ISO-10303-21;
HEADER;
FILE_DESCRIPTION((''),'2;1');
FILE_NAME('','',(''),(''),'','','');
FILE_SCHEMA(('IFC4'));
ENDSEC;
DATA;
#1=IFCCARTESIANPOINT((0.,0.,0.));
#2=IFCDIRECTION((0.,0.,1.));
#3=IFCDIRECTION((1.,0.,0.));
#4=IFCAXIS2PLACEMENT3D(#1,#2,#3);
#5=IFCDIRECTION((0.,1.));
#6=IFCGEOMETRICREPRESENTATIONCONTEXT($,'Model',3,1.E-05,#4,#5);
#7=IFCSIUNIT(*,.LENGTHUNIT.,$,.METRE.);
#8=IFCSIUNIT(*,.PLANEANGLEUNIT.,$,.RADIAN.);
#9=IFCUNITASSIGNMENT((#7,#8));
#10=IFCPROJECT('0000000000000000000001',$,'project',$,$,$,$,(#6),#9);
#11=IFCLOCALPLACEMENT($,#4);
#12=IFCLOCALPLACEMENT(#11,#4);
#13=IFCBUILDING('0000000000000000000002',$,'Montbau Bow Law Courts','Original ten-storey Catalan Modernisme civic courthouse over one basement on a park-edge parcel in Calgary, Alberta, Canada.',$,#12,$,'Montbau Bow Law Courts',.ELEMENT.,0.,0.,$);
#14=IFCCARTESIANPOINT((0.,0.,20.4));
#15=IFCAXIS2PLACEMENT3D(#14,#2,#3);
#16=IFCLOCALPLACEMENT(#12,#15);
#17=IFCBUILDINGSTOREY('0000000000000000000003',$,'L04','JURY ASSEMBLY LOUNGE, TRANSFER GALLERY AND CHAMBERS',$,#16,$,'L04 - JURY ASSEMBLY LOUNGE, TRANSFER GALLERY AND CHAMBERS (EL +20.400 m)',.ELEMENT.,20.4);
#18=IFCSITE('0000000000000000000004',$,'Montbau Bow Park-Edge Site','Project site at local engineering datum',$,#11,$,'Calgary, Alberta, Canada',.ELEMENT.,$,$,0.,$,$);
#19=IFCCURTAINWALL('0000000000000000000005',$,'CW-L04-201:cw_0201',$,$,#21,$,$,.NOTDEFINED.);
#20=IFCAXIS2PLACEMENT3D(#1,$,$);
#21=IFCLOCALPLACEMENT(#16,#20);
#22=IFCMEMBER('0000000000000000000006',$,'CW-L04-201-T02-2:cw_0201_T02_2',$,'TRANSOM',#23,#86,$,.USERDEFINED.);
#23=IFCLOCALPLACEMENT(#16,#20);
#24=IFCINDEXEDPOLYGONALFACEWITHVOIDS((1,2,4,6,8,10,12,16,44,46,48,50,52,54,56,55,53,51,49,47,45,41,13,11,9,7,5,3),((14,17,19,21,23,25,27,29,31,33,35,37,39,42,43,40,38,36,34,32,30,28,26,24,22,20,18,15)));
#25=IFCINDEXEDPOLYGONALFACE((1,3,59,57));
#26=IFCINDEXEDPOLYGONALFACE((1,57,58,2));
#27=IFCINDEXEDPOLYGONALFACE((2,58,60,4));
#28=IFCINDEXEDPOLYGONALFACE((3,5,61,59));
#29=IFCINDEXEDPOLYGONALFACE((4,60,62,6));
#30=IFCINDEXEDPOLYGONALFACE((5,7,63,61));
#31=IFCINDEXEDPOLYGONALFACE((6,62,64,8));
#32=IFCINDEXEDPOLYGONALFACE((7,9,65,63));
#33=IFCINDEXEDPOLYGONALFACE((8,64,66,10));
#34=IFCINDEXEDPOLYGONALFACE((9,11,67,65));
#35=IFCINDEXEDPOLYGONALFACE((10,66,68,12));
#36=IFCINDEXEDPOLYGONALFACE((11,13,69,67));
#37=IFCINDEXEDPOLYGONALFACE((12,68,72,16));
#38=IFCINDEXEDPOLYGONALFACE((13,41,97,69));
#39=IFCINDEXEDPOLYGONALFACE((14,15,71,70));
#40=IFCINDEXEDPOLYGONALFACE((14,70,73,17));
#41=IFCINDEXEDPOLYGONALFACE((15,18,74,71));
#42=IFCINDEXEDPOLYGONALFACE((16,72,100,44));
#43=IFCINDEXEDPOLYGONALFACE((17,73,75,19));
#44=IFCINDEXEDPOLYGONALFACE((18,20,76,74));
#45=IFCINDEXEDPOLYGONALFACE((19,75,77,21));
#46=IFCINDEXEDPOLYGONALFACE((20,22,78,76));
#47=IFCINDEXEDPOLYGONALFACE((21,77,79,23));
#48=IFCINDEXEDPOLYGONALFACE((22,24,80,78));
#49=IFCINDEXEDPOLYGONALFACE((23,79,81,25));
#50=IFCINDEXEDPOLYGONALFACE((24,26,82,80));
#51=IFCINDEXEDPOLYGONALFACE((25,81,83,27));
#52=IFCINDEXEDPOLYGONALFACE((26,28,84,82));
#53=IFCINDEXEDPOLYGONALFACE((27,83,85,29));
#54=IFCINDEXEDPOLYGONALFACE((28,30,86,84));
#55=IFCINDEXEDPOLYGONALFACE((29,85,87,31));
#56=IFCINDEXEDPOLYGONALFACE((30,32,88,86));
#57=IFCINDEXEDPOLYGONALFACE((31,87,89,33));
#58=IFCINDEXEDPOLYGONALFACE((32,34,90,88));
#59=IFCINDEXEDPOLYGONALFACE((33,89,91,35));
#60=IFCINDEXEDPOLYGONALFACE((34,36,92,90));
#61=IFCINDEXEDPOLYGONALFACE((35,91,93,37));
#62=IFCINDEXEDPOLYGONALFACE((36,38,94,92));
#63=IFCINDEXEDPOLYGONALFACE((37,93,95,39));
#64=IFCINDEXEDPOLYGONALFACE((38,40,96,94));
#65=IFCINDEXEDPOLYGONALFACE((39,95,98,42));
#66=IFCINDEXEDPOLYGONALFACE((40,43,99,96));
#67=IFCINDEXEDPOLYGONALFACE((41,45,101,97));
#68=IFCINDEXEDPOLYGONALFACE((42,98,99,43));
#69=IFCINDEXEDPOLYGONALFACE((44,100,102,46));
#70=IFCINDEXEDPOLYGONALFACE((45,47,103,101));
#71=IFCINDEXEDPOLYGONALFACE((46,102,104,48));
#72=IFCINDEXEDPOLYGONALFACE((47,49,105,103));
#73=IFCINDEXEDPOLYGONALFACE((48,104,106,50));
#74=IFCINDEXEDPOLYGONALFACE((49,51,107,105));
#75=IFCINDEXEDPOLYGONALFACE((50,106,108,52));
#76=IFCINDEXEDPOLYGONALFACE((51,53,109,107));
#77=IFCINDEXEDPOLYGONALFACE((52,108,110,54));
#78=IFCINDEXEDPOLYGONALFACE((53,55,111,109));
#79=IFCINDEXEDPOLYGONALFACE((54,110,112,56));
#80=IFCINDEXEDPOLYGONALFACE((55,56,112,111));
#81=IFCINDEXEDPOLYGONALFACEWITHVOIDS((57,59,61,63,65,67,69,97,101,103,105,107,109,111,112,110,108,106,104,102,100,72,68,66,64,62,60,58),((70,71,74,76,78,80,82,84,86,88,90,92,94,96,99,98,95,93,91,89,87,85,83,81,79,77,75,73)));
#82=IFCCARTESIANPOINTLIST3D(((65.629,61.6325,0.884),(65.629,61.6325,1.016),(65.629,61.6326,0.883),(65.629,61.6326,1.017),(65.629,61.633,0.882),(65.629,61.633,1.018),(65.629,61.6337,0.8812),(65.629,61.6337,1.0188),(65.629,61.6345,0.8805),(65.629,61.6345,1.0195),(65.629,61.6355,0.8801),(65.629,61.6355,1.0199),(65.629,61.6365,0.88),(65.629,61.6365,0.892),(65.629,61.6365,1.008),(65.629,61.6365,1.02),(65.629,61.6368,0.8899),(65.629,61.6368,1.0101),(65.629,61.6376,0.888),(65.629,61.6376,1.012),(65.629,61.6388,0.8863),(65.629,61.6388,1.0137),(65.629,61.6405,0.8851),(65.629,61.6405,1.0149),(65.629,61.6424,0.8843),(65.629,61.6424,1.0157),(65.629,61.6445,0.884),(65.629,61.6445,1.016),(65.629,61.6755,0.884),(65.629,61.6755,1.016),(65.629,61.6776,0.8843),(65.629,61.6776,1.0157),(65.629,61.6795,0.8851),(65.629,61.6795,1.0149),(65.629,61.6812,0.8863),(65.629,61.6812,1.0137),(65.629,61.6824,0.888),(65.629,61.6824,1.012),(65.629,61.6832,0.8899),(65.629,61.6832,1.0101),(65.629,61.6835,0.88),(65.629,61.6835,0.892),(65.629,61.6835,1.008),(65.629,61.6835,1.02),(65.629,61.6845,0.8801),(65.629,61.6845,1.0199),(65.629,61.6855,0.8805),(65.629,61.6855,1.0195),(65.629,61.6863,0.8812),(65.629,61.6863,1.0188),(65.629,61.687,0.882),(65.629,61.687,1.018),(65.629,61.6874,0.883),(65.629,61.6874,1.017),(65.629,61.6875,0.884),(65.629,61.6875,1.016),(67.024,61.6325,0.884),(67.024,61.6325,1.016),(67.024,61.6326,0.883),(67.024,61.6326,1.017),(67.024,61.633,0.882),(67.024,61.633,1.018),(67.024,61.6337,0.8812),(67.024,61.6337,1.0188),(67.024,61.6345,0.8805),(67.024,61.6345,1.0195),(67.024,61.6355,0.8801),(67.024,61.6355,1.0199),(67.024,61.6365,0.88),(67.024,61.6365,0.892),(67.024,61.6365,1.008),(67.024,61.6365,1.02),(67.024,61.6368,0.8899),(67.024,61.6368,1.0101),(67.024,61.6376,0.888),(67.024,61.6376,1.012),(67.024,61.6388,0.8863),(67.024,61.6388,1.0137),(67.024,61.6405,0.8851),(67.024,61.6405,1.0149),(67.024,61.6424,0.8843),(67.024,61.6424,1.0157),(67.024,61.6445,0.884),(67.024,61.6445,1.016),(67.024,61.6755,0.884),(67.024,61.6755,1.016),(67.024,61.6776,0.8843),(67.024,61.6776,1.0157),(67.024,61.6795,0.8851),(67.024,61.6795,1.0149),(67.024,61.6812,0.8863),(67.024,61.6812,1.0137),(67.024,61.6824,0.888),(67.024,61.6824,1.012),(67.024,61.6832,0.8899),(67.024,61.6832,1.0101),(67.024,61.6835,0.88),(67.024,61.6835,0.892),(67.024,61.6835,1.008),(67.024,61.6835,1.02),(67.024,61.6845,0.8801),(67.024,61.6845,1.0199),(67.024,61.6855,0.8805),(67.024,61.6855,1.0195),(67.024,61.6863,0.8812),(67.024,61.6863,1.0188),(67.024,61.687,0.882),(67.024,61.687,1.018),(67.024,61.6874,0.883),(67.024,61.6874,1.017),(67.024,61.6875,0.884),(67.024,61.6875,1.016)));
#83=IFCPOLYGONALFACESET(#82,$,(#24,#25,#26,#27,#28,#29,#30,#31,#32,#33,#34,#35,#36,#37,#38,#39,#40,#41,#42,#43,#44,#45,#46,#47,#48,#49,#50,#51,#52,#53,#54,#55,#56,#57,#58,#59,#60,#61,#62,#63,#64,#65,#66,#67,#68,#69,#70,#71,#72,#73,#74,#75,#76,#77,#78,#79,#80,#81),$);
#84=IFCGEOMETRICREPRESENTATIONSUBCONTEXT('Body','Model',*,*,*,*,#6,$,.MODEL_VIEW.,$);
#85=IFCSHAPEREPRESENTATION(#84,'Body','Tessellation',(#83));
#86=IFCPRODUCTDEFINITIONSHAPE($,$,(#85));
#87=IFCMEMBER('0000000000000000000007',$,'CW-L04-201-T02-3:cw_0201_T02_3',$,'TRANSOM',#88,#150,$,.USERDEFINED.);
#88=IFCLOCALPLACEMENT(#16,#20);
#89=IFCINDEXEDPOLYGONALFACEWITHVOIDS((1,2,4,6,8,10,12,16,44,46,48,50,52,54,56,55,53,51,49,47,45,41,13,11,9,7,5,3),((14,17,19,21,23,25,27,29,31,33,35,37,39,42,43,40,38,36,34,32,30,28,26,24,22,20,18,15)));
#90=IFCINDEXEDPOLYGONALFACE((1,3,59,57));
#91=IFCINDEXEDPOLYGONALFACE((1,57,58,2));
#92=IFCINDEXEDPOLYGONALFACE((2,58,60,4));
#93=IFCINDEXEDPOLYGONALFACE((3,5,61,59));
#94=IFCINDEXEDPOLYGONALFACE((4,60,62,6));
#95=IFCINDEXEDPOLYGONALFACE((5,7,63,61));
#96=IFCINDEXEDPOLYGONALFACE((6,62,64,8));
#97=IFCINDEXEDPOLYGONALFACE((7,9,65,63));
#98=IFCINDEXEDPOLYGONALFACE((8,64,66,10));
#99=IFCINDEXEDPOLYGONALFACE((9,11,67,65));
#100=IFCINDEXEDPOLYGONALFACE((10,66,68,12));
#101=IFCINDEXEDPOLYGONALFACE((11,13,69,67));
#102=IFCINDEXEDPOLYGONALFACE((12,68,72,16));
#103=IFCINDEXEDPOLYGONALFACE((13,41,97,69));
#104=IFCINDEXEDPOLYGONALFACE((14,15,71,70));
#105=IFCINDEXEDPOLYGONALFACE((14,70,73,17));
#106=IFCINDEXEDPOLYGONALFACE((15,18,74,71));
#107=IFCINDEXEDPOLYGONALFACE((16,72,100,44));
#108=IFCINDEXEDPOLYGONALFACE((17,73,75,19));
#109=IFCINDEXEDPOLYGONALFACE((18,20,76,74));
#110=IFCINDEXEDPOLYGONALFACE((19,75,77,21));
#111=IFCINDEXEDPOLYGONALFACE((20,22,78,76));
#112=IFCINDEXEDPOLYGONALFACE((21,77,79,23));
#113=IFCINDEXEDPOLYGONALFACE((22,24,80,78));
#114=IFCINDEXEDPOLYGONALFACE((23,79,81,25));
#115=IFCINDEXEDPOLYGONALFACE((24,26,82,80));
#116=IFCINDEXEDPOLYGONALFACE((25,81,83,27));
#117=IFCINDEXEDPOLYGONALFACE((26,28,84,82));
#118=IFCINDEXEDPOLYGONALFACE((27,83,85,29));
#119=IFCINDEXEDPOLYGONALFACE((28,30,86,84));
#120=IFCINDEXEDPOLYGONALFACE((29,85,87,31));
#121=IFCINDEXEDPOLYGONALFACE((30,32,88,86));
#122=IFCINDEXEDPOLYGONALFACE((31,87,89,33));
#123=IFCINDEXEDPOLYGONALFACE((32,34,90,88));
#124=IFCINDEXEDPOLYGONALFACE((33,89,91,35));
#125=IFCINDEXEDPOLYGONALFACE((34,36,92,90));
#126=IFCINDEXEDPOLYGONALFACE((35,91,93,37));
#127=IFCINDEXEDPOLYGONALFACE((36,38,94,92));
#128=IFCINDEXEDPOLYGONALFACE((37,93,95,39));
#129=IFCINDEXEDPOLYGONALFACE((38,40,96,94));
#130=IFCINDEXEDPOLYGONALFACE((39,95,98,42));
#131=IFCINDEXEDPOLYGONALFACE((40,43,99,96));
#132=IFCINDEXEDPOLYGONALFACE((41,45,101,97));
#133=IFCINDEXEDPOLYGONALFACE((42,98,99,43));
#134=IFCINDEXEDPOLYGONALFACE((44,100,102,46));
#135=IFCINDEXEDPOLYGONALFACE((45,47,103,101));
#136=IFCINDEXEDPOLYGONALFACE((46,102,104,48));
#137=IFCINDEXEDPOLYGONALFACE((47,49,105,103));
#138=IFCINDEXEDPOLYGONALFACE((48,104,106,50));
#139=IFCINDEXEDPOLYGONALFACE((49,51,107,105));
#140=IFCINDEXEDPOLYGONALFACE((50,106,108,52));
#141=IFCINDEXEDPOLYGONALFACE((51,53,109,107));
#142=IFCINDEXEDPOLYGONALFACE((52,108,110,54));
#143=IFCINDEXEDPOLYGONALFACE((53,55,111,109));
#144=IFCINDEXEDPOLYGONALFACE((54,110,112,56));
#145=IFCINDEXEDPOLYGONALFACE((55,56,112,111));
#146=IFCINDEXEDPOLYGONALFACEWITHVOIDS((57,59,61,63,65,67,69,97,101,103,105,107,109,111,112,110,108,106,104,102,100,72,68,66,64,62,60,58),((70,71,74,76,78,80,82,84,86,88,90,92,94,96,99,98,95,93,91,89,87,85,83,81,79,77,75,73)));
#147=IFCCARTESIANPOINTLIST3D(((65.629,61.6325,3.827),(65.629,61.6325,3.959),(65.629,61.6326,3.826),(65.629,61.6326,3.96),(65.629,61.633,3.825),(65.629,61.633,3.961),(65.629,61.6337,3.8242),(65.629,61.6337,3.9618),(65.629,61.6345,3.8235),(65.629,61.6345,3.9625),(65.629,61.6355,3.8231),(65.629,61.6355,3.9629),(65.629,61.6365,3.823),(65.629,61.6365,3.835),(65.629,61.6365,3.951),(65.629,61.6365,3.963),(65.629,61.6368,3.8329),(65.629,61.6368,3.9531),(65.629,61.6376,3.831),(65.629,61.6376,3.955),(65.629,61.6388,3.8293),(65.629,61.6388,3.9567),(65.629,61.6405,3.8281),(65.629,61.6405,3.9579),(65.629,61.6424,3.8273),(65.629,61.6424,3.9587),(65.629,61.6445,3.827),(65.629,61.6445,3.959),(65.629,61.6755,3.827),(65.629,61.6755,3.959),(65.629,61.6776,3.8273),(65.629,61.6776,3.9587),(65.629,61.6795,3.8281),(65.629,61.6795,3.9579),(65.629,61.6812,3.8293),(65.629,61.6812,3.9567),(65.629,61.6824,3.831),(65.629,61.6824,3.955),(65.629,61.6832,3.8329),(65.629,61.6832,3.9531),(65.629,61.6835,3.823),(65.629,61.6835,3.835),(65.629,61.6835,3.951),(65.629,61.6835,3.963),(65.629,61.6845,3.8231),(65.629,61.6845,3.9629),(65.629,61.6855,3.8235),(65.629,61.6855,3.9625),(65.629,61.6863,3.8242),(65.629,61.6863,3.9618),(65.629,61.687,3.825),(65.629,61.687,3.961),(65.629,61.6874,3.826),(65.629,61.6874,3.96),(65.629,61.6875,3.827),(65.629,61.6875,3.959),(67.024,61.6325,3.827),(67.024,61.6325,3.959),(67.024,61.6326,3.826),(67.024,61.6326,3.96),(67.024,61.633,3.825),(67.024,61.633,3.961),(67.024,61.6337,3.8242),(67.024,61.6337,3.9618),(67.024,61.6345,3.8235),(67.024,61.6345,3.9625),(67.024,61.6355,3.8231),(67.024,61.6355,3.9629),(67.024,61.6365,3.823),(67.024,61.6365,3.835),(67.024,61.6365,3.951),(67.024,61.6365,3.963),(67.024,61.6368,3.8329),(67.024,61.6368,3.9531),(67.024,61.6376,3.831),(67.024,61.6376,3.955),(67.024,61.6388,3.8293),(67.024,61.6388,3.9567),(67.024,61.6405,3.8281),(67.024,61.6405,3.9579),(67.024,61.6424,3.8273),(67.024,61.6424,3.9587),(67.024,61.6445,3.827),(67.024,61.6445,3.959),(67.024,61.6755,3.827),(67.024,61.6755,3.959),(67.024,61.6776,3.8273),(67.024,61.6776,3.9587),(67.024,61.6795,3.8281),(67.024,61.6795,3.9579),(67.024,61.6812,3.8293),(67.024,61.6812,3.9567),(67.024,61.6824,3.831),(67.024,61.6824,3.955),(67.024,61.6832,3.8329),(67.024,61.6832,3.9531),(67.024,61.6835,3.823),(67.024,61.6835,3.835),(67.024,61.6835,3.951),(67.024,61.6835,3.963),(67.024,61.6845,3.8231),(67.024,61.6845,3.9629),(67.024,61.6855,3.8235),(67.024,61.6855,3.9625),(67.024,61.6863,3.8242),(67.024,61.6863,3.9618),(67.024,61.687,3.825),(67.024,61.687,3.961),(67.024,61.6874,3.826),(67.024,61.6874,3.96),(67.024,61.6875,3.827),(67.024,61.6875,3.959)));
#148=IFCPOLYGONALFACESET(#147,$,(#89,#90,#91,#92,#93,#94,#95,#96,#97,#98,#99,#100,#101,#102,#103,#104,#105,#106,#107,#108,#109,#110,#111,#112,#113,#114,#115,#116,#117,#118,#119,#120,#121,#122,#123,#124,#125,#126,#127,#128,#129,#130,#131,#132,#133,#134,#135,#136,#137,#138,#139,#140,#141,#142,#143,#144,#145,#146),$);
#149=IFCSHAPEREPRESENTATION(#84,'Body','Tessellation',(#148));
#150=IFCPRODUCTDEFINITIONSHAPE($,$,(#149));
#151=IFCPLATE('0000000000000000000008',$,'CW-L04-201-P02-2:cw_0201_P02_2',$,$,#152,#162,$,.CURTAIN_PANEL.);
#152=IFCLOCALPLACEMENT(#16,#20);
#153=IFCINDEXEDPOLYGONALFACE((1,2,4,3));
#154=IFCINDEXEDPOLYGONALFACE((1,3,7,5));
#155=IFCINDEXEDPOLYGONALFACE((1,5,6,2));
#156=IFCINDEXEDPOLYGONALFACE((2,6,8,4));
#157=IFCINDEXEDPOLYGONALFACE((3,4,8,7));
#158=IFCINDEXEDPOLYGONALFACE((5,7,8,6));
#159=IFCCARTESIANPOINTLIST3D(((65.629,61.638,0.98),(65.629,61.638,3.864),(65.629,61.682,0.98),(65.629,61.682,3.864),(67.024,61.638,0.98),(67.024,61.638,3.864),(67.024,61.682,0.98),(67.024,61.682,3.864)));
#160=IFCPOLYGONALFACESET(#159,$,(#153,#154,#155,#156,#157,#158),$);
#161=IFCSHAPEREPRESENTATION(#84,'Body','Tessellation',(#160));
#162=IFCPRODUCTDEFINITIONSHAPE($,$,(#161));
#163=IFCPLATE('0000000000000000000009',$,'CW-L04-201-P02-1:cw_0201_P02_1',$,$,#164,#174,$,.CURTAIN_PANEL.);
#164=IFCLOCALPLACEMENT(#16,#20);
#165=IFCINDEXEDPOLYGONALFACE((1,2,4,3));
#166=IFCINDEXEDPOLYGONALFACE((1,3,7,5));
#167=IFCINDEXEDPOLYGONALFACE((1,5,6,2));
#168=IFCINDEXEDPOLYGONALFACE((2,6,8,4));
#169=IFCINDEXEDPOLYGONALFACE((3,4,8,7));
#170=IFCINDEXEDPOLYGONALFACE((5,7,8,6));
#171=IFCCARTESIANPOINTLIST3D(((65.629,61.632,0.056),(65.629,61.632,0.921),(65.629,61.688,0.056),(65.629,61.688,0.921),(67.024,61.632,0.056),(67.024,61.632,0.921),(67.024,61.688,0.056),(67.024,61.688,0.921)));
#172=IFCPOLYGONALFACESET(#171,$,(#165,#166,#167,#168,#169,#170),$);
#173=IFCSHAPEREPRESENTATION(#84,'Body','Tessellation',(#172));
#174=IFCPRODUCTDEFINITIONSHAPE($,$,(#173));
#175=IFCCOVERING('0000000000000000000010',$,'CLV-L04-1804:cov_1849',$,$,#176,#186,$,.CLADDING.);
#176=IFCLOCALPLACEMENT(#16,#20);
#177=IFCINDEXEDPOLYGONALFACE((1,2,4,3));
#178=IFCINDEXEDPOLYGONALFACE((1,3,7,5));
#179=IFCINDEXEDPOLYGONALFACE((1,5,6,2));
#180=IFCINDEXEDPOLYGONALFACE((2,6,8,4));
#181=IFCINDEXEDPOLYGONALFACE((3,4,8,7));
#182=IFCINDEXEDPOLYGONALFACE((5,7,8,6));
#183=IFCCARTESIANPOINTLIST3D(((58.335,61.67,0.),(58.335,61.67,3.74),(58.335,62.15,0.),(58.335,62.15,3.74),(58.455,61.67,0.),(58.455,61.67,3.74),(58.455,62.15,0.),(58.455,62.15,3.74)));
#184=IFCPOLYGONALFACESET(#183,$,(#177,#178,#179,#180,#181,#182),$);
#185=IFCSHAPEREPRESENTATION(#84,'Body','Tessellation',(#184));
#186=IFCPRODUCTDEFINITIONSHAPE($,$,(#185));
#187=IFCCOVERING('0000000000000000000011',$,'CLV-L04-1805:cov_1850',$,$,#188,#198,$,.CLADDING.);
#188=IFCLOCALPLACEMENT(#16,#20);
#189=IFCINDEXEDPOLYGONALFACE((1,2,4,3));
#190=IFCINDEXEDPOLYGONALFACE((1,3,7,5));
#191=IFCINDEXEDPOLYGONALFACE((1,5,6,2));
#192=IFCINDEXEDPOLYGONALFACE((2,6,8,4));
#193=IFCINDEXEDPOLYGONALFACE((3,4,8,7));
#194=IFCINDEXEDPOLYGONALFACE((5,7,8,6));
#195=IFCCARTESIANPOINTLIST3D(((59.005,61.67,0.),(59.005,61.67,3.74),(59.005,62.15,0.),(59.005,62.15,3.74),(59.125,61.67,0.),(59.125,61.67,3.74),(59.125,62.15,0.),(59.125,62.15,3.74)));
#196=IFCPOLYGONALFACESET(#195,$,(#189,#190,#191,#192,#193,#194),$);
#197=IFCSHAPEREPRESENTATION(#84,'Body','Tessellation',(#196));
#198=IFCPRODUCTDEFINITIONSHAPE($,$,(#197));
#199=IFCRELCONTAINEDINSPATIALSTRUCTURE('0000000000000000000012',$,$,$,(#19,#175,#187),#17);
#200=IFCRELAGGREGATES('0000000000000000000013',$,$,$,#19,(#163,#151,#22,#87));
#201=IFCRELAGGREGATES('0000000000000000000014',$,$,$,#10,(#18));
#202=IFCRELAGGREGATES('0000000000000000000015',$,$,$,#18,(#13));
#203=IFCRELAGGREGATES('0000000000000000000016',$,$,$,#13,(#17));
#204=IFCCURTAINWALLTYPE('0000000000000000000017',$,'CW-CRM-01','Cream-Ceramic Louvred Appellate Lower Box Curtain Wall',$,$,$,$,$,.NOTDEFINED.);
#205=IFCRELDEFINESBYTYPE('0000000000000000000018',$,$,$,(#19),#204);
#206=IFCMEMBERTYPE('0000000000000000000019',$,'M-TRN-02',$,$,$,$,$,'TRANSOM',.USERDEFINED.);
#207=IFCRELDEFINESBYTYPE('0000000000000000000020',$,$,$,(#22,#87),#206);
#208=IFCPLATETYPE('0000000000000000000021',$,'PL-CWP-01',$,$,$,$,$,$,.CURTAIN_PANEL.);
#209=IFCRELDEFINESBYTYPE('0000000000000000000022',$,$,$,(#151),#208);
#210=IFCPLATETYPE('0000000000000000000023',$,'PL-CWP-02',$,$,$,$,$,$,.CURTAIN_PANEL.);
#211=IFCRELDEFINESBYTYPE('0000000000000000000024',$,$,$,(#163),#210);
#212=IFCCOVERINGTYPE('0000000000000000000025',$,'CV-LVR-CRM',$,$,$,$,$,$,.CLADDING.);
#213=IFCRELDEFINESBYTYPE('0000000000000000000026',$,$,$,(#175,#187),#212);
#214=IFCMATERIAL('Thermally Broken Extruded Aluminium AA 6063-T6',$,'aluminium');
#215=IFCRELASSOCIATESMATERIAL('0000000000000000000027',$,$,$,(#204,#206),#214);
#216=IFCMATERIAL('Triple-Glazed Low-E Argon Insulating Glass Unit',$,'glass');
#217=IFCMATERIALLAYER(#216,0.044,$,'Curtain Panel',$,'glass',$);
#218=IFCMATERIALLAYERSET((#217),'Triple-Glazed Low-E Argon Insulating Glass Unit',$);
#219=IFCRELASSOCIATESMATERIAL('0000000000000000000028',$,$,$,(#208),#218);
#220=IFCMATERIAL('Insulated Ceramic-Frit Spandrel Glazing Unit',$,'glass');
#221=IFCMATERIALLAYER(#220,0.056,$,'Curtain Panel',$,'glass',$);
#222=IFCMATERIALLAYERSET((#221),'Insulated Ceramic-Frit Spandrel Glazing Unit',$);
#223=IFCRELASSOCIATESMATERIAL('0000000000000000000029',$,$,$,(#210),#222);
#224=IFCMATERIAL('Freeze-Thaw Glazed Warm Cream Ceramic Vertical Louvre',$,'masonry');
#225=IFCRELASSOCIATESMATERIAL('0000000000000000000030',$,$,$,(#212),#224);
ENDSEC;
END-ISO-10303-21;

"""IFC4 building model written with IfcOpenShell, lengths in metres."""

from ifc_helpers import new_model, si_unit, direction, frame, frame_2d, origin_with_axes, origin_2d_with_axis, place, context, subcontext, project, spatial, rectangle, hollow_rectangle, extrude, material, layer, layer_set, material_profile, profile_set, type_object, element, aggregate, save


model = new_model("IFC4")

# Units and contexts
model_context = context("Model", 3, precision=1e-05, world=origin_with_axes(), true_north=direction((0.0, 1.0)))
body_context = subcontext(model_context, "Body", "Model", "MODEL_VIEW")
ifc_project = project(units=[si_unit("LENGTHUNIT", "METRE"), si_unit("PLANEANGLEUNIT", "RADIAN")], contexts=[model_context])

# Site, building, storey
site_placement = place(None, origin_with_axes())
site = spatial("IfcSite", under=ifc_project, at=site_placement, Name="Montbau Bow Park-Edge Site", Description="Project site at local engineering datum", LongName="Calgary, Alberta, Canada", CompositionType="ELEMENT", RefElevation=0.0)
building_placement = place(site_placement, origin_with_axes())
building = spatial("IfcBuilding", under=site, at=building_placement, Name="Montbau Bow Law Courts", Description="Original ten-storey Catalan Modernisme civic courthouse over one basement on a park-edge parcel in Calgary, Alberta, Canada.", LongName="Montbau Bow Law Courts", CompositionType="ELEMENT", ElevationOfRefHeight=0.0, ElevationOfTerrain=0.0)
storey_placement = place(building_placement, frame((0.0, 0.0, 20.4), z_axis=(0.0, 0.0, 1.0), x_axis=(1.0, 0.0, 0.0)))
storey = spatial("IfcBuildingStorey", under=building, at=storey_placement, Name="L04", Description="JURY ASSEMBLY LOUNGE, TRANSFER GALLERY AND CHAMBERS", LongName="L04 - JURY ASSEMBLY LOUNGE, TRANSFER GALLERY AND CHAMBERS (EL +20.400 m)", CompositionType="ELEMENT", Elevation=20.4)

# Curtain wall, members, plates
ifc_material_1 = material(Name="Thermally Broken Extruded Aluminium AA 6063-T6", Category="aluminium")
curtain_wall_type = type_object("IfcCurtainWallType", Name="CW-CRM-01", Description="Cream-Ceramic Louvred Appellate Lower Box Curtain Wall", PredefinedType="NOTDEFINED", material=ifc_material_1)
curtain_wall_placement = place(None, frame((64.115, 61.66, 20.4), z_axis=(0.0, 0.0, 1.0), x_axis=(1.0, 0.0, 0.0)))
curtain_wall = element("IfcCurtainWall", 1, at=curtain_wall_placement, inside=storey, type_object=curtain_wall_type, Name="CW-L04-201:cw_0201", PredefinedType="NOTDEFINED")
ifc_material_profile_1 = material_profile(ifc_material_1, hollow_rectangle(XDim=0.055, YDim=0.14, WallThickness=0.004, InnerFilletRadius=0.008, OuterFilletRadius=0.004, at=origin_2d_with_axis()), Name="CWT-140X55", Category="Main", Priority=0)
ifc_profile_set_1 = profile_set([ifc_material_profile_1], Name="Thermally Broken Extruded Aluminium AA 6063-T6")
member_type_1 = type_object("IfcMemberType", Name="M-TRN-02", ElementType="TRANSOM", PredefinedType="USERDEFINED", material=ifc_profile_set_1)
member_1_placement = place(None, frame((65.629, 61.66, 21.35), z_axis=(1.0, 0.0, 0.0), x_axis=(0.0, 1.0, 0.0)))
member_1 = element("IfcMember", 2, at=member_1_placement, type_object=member_type_1, Name="CW-L04-201-T02-2:cw_0201_T02_2", ObjectType="TRANSOM", PredefinedType="USERDEFINED", context=body_context, shape_type="SweptSolid", body=[
    extrude(hollow_rectangle(XDim=0.055, YDim=0.14, WallThickness=0.004, InnerFilletRadius=0.008, OuterFilletRadius=0.004, at=origin_2d_with_axis()), origin_with_axes(), (0.0, 0.0, 1.0), 1.395),
])
member_2_placement = place(None, frame((65.629, 61.66, 24.293), z_axis=(1.0, 0.0, 0.0), x_axis=(0.0, 1.0, 0.0)))
member_2 = element("IfcMember", 3, at=member_2_placement, type_object=member_type_1, Name="CW-L04-201-T02-3:cw_0201_T02_3", ObjectType="TRANSOM", PredefinedType="USERDEFINED", context=body_context, shape_type="SweptSolid", body=[
    extrude(hollow_rectangle(XDim=0.055, YDim=0.14, WallThickness=0.004, InnerFilletRadius=0.008, OuterFilletRadius=0.004, at=origin_2d_with_axis()), origin_with_axes(), (0.0, 0.0, 1.0), 1.395),
])
ifc_material_2 = material(Name="Triple-Glazed Low-E Argon Insulating Glass Unit", Category="glass")
ifc_layer_1 = layer(ifc_material_2, 0.044, Name="Curtain Panel", Category="glass")
ifc_layer_set_1 = layer_set([ifc_layer_1], Name="Triple-Glazed Low-E Argon Insulating Glass Unit")
plate_type_1 = type_object("IfcPlateType", Name="PL-CWP-01", PredefinedType="CURTAIN_PANEL", material=ifc_layer_set_1)
plate_1_placement = place(None, frame((65.629, 61.66, 21.38), z_axis=(0.0, -1.0, 0.0), x_axis=(1.0, 0.0, 0.0)))
plate_1 = element("IfcPlate", 4, at=plate_1_placement, type_object=plate_type_1, Name="CW-L04-201-P02-2:cw_0201_P02_2", PredefinedType="CURTAIN_PANEL", context=body_context, shape_type="SweptSolid", body=[
    extrude(rectangle(XDim=1.395, YDim=2.884, at=frame_2d((0.6975, 1.442), x_axis=(1.0, 0.0))), frame((0.0, 0.0, -0.022), z_axis=(0.0, 0.0, 1.0), x_axis=(1.0, 0.0, 0.0)), (0.0, 0.0, 1.0), 0.044),
])
ifc_material_3 = material(Name="Insulated Ceramic-Frit Spandrel Glazing Unit", Category="glass")
ifc_layer_2 = layer(ifc_material_3, 0.056, Name="Curtain Panel", Category="glass")
ifc_layer_set_2 = layer_set([ifc_layer_2], Name="Insulated Ceramic-Frit Spandrel Glazing Unit")
plate_type_2 = type_object("IfcPlateType", Name="PL-CWP-02", PredefinedType="CURTAIN_PANEL", material=ifc_layer_set_2)
plate_2_placement = place(None, frame((65.629, 61.66, 20.456), z_axis=(0.0, -1.0, 0.0), x_axis=(1.0, 0.0, 0.0)))
plate_2 = element("IfcPlate", 5, at=plate_2_placement, type_object=plate_type_2, Name="CW-L04-201-P02-1:cw_0201_P02_1", PredefinedType="CURTAIN_PANEL", context=body_context, shape_type="SweptSolid", body=[
    extrude(rectangle(XDim=1.395, YDim=0.865, at=frame_2d((0.6975, 0.4325), x_axis=(1.0, 0.0))), frame((0.0, 0.0, -0.028), z_axis=(0.0, 0.0, 1.0), x_axis=(1.0, 0.0, 0.0)), (0.0, 0.0, 1.0), 0.056),
])
aggregate(curtain_wall, [plate_2, plate_1, member_1, member_2])

# Coverings
ifc_material_4 = material(Name="Freeze-Thaw Glazed Warm Cream Ceramic Vertical Louvre", Category="masonry")
covering_type = type_object("IfcCoveringType", Name="CV-LVR-CRM", PredefinedType="CLADDING", material=ifc_material_4)
for number, where, z_axis, x_axis, name in (
    (6, (58.395, 61.67, 20.4), (1.0, 0.0, 0.0), (0.0, 1.0, 0.0), "CLV-L04-1804:cov_1849"),
    (7, (59.065, 61.67, 20.4), (1.0, 0.0, 0.0), (0.0, 1.0, 0.0), "CLV-L04-1805:cov_1850"),
):
    element("IfcCovering", number, at=place(None, frame(where, z_axis=z_axis, x_axis=x_axis)), inside=storey, type_object=covering_type, Name=name, PredefinedType="CLADDING", context=body_context, shape_type="SweptSolid", body=[
        extrude(rectangle(XDim=0.48, YDim=3.74, at=frame_2d((0.24, 1.87), x_axis=(1.0, 0.0))), frame((0.0, 0.0, -0.06), z_axis=(0.0, 0.0, 1.0), x_axis=(1.0, 0.0, 0.0)), (0.0, 0.0, 1.0), 0.12),
    ])

save(model, "model.ifc")
